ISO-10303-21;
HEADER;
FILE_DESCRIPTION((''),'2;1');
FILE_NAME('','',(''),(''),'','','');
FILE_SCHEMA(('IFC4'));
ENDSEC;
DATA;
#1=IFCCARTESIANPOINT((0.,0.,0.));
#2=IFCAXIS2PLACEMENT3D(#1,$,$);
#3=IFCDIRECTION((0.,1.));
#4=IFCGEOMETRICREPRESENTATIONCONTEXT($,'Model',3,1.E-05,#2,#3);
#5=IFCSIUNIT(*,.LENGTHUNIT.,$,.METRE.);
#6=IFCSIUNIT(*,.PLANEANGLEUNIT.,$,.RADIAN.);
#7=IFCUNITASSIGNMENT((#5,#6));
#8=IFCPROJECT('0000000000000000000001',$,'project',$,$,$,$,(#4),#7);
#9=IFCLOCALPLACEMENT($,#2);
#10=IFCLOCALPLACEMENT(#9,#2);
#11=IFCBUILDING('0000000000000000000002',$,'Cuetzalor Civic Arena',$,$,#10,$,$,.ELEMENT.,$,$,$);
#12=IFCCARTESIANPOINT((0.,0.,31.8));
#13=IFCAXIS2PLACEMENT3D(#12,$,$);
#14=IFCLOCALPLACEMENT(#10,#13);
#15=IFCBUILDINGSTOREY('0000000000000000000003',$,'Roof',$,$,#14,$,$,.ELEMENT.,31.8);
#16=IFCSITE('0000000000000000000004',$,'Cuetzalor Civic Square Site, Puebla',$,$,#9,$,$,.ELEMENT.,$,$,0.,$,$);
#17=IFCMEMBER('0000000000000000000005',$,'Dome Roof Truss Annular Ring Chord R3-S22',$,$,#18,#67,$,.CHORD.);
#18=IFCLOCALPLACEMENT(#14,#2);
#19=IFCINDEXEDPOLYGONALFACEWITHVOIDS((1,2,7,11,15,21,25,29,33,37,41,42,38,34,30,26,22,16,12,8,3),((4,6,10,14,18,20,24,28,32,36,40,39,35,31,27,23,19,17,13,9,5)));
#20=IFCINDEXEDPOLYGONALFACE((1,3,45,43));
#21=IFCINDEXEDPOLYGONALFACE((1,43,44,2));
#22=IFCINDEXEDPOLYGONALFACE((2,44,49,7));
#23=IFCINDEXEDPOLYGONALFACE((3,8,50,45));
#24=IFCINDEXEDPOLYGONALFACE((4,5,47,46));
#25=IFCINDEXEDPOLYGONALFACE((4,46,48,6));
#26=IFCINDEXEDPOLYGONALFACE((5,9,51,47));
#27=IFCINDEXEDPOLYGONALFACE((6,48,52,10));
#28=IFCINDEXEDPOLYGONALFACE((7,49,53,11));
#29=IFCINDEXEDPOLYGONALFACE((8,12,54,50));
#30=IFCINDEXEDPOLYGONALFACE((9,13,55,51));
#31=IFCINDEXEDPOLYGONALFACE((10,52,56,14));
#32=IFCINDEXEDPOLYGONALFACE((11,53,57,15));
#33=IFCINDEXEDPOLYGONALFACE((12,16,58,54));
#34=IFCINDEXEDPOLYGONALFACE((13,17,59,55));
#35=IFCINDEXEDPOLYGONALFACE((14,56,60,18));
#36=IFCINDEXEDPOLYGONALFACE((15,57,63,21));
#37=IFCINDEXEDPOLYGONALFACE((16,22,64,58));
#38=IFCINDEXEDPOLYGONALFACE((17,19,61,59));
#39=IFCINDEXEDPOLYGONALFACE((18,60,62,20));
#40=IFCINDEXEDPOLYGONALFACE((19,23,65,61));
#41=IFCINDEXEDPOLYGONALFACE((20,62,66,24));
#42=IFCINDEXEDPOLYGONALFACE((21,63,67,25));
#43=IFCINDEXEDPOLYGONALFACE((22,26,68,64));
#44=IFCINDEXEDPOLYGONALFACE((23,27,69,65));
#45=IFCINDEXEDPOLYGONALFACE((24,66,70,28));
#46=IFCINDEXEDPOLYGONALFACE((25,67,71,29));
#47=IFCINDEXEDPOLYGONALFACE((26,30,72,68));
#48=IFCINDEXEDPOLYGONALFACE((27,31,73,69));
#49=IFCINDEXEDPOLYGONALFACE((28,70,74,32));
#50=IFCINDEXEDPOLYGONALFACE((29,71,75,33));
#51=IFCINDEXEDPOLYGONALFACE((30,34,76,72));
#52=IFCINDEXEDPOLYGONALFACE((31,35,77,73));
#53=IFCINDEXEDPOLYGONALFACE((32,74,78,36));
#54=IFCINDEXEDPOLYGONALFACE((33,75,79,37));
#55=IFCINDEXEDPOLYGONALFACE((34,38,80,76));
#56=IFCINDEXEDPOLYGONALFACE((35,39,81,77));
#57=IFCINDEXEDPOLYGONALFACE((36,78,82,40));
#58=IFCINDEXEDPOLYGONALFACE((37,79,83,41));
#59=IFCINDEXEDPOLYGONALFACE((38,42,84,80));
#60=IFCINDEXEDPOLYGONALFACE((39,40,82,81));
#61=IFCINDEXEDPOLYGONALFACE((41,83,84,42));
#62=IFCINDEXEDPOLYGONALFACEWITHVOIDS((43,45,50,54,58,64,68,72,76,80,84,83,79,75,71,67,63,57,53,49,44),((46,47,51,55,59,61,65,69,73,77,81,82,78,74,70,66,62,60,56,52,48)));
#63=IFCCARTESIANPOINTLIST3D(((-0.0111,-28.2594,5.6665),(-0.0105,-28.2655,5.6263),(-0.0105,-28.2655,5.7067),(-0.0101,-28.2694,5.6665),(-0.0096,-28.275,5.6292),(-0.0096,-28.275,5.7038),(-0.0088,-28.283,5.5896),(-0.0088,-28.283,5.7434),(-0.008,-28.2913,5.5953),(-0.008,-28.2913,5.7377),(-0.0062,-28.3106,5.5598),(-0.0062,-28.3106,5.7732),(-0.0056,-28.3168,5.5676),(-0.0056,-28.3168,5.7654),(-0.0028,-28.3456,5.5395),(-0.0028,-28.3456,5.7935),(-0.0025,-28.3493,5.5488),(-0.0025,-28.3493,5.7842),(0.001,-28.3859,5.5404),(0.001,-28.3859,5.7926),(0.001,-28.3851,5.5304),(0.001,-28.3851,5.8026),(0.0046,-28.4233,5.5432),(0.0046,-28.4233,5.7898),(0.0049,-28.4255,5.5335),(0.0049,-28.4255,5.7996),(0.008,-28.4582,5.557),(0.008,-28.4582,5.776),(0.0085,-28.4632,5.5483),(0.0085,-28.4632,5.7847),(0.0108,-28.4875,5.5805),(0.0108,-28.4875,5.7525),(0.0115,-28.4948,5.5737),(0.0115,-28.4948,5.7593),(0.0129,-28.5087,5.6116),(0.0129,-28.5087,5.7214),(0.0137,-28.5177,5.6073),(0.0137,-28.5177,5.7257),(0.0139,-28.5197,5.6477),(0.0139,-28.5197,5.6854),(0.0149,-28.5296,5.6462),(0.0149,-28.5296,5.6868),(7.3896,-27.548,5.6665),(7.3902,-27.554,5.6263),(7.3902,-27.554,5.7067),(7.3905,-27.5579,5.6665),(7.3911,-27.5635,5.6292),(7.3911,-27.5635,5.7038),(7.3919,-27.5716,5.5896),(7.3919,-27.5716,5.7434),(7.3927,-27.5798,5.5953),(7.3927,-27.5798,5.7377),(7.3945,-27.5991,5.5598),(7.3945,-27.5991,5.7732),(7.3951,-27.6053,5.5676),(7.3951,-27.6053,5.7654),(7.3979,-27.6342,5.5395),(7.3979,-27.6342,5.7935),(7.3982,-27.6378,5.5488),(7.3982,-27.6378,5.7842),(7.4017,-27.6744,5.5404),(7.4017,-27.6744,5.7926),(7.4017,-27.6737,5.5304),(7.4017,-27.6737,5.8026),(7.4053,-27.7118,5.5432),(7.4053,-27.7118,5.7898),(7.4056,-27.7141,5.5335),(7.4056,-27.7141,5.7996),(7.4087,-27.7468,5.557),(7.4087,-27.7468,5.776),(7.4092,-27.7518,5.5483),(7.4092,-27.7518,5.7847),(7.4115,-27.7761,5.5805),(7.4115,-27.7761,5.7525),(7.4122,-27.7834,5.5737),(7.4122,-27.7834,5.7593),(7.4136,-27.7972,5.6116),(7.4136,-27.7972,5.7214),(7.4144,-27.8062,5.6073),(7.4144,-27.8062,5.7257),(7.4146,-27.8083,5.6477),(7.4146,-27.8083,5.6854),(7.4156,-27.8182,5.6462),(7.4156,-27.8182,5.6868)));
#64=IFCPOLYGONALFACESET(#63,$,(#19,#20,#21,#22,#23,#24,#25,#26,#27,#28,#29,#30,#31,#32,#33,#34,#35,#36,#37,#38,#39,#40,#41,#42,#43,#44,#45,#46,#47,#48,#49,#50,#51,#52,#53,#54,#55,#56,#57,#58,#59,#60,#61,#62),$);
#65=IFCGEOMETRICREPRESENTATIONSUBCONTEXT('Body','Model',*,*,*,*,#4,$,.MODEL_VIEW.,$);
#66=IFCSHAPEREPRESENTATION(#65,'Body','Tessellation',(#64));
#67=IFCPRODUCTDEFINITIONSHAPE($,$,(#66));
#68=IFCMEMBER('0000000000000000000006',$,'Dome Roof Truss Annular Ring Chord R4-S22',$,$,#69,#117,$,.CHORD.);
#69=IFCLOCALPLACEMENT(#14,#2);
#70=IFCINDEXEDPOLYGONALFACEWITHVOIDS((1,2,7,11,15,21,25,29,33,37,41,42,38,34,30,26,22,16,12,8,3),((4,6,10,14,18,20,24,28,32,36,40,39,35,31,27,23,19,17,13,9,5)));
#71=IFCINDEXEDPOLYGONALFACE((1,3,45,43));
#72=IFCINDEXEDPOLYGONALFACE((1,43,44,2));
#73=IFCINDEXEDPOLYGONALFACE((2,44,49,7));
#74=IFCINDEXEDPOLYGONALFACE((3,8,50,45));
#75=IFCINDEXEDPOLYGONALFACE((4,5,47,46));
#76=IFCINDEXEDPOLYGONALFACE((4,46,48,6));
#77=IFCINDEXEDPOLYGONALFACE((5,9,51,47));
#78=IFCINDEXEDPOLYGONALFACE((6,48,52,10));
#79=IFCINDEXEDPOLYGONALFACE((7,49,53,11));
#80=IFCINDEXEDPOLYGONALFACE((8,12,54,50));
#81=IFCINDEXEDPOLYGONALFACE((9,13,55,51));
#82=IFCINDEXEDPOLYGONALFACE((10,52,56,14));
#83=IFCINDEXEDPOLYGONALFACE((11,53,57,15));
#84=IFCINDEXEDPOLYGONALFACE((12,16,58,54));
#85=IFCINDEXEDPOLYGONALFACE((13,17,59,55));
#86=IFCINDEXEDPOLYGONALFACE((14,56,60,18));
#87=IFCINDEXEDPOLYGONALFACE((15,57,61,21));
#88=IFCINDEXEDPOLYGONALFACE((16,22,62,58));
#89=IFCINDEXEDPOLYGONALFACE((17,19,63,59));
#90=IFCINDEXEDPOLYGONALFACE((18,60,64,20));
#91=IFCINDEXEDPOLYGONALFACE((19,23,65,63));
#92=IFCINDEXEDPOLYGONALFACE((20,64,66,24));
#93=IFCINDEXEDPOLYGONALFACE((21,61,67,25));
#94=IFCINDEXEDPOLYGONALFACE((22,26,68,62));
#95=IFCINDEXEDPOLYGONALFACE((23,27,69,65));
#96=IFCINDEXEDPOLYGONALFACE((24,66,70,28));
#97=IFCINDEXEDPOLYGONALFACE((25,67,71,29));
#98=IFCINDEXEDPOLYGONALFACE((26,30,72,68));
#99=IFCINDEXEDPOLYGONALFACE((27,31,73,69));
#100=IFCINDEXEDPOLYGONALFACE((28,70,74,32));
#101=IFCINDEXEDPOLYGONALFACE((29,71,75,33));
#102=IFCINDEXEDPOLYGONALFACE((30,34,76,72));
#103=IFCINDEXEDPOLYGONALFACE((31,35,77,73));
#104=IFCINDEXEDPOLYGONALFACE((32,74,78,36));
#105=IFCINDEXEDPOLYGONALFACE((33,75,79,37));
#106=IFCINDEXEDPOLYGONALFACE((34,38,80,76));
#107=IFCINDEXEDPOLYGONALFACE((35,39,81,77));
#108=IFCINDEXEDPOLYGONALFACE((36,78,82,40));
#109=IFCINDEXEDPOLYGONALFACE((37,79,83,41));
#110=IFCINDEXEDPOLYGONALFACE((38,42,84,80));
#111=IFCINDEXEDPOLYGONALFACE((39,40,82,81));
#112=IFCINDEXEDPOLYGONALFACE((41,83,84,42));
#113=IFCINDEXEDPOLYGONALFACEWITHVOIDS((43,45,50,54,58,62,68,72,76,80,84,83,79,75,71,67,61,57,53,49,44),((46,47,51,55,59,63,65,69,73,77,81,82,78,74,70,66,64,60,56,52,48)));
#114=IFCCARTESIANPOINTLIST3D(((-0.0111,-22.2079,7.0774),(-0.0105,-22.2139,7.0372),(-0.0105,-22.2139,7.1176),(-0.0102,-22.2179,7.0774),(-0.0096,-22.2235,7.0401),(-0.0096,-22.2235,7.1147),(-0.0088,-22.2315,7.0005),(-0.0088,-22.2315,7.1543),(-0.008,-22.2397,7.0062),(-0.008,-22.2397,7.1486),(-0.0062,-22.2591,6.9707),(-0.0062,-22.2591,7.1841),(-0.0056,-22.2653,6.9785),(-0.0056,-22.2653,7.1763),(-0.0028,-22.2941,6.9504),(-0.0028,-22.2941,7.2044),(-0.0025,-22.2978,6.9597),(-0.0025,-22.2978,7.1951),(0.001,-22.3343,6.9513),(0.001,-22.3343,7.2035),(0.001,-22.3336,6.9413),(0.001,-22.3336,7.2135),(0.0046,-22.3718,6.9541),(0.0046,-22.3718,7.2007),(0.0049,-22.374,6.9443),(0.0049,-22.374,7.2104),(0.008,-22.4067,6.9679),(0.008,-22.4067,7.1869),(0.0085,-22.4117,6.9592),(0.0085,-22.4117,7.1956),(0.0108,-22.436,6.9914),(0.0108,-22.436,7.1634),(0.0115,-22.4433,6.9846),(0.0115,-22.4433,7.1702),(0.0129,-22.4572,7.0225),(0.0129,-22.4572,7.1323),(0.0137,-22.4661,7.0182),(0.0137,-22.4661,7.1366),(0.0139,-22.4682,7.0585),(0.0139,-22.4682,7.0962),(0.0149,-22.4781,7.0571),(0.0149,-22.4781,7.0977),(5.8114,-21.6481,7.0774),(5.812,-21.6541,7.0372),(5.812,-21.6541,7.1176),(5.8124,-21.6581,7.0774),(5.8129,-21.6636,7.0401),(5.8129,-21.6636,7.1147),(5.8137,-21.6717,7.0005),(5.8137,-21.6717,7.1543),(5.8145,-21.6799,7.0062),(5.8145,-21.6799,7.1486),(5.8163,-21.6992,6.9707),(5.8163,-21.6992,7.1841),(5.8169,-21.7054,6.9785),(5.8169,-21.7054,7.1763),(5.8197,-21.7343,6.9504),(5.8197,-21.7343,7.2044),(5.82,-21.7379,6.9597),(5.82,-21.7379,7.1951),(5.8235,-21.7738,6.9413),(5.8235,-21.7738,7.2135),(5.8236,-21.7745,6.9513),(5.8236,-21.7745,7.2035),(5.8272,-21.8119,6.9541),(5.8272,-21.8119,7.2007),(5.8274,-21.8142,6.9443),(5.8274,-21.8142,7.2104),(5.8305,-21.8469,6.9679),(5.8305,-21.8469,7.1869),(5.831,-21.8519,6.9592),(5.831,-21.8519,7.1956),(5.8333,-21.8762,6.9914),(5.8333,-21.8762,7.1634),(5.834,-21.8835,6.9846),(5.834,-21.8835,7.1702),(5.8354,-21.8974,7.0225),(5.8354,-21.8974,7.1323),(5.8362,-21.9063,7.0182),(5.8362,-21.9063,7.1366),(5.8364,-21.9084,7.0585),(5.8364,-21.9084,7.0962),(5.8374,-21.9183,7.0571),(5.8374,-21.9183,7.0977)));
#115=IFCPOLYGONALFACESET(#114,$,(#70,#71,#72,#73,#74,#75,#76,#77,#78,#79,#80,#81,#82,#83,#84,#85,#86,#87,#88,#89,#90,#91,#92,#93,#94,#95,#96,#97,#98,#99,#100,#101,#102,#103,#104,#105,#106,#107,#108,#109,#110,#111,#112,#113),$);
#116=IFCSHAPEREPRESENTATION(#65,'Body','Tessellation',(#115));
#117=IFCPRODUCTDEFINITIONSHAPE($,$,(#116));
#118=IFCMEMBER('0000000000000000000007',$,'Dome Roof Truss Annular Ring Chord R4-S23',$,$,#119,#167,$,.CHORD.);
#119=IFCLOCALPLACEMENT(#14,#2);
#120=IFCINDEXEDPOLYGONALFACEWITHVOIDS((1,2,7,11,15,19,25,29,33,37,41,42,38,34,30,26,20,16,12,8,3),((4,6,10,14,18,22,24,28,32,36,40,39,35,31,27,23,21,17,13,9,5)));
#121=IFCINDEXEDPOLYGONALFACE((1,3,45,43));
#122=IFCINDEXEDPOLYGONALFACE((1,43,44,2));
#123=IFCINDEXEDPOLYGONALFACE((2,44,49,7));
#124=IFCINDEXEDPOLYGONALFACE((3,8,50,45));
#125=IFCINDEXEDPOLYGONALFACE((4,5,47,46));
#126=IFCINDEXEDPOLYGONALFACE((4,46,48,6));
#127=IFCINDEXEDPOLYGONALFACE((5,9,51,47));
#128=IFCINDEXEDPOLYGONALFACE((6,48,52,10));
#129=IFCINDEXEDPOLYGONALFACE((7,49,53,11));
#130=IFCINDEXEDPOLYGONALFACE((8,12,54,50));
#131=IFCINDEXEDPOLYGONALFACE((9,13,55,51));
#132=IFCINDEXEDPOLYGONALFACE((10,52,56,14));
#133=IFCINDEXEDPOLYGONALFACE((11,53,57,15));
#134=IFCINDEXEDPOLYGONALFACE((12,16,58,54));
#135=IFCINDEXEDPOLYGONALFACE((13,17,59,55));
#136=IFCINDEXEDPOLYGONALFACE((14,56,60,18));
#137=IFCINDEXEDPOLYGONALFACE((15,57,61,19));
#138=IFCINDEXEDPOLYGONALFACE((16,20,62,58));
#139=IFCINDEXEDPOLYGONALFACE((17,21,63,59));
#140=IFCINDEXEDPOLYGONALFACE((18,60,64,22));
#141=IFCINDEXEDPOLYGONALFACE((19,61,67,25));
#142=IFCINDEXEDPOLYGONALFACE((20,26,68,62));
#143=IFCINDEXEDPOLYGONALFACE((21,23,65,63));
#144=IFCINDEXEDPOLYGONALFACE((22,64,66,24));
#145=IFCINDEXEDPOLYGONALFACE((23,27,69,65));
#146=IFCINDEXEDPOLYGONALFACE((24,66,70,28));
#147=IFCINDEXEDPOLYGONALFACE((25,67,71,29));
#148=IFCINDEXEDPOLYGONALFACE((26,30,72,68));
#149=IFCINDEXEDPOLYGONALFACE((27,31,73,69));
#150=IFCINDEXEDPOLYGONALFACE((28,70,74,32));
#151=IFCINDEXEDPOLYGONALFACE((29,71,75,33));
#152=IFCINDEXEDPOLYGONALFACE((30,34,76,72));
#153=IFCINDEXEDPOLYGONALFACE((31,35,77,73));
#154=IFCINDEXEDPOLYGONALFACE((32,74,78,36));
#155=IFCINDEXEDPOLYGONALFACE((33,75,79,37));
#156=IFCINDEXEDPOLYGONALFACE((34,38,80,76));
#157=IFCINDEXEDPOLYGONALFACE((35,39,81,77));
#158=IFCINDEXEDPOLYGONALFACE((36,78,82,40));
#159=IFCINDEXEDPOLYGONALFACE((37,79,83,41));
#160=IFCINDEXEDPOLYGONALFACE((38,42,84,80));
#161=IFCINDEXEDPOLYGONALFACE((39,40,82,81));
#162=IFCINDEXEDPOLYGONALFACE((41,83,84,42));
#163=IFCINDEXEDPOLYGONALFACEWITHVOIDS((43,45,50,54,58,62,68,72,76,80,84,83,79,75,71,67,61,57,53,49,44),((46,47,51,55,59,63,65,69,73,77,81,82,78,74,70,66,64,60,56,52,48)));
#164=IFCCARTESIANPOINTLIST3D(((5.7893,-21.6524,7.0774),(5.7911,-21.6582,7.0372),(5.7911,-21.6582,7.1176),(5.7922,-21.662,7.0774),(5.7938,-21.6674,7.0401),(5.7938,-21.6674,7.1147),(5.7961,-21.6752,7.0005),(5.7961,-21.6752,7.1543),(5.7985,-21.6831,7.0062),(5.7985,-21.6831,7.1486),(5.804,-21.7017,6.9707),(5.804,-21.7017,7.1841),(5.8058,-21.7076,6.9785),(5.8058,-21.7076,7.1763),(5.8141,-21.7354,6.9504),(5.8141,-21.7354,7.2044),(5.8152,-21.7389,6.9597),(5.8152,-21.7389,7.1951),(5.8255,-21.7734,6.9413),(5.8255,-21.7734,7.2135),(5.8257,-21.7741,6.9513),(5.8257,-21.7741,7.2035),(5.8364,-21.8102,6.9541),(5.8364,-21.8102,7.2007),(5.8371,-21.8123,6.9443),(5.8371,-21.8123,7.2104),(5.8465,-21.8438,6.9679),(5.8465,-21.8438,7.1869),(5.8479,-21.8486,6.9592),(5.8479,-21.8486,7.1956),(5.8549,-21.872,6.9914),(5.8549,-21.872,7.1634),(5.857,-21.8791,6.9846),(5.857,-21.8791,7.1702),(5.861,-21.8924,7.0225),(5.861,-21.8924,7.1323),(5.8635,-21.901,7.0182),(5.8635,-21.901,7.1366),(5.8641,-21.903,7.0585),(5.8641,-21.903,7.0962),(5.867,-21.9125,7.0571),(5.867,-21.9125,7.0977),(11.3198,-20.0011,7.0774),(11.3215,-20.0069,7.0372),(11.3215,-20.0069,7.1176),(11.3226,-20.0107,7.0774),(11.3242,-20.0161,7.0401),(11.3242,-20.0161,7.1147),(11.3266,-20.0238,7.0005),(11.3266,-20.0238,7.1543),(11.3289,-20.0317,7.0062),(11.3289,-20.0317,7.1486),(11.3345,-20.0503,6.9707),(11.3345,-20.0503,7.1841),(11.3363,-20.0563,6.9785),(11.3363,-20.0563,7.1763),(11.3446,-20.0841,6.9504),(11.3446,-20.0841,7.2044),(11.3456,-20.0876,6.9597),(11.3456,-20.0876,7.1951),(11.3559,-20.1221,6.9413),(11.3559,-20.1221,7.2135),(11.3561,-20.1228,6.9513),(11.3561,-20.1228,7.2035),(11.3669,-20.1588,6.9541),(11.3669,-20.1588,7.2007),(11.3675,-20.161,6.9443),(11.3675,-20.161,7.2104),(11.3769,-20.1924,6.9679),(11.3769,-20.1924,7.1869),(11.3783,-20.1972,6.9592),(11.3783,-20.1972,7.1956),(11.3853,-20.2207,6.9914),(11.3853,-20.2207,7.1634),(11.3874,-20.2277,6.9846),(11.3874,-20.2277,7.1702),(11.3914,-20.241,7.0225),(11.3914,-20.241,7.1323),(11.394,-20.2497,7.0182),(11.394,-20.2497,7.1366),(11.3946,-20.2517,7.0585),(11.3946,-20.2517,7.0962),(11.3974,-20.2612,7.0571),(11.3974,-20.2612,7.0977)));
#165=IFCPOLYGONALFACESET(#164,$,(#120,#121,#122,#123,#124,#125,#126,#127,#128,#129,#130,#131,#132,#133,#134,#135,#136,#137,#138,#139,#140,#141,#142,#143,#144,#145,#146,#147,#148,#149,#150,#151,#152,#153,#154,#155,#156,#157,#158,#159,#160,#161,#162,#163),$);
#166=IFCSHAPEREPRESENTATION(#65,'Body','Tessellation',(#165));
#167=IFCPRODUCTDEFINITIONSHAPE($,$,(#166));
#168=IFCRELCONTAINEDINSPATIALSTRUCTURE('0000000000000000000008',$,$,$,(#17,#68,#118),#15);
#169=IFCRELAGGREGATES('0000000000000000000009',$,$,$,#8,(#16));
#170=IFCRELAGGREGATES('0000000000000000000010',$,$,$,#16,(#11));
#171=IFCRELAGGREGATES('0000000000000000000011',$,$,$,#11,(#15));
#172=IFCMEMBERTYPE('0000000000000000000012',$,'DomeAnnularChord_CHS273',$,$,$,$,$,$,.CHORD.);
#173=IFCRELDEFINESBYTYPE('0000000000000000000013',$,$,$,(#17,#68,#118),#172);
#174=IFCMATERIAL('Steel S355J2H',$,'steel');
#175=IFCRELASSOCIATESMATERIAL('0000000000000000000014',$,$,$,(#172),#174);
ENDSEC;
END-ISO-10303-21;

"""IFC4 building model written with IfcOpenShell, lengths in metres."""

from ifc_helpers import new_model, si_unit, direction, frame, origin, origin_2d, place, context, subcontext, project, spatial, hollow_circle, extrude, material, material_profile, profile_set, type_object, element, save


model = new_model("IFC4")

# Units and contexts
model_context = context("Model", 3, precision=1e-05, world=origin(), true_north=direction((0.0, 1.0)))
body_context = subcontext(model_context, "Body", "Model", "MODEL_VIEW")
ifc_project = project(units=[si_unit("LENGTHUNIT", "METRE"), si_unit("PLANEANGLEUNIT", "RADIAN")], contexts=[model_context])

# Site, building, storey
site_placement = place(None, origin())
site = spatial("IfcSite", under=ifc_project, at=site_placement, Name="Cuetzalor Civic Square Site, Puebla", CompositionType="ELEMENT", RefElevation=0.0)
building_placement = place(site_placement, origin())
building = spatial("IfcBuilding", under=site, at=building_placement, Name="Cuetzalor Civic Arena", CompositionType="ELEMENT")
storey_placement = place(building_placement, frame((0.0, 0.0, 31.8)))
storey = spatial("IfcBuildingStorey", under=building, at=storey_placement, Name="Roof", CompositionType="ELEMENT", Elevation=31.8)

# Members
ifc_material_1 = material(Name="Steel S355J2H", Category="steel")
ifc_material_profile_1 = material_profile(ifc_material_1, hollow_circle(Radius=0.1365, WallThickness=0.01, at=origin_2d()), Name="CHS 273x10")
ifc_profile_set_1 = profile_set([ifc_material_profile_1], Name="Steel S355J2H")
member_type_1 = type_object("IfcMemberType", Name="DomeAnnularChord_CHS273", PredefinedType="CHORD", material=ifc_profile_set_1)
member_1_placement = place(storey_placement, frame((0.002, -28.3953, 5.6665), z_axis=(0.995411, 0.095689, 0.0), x_axis=(-0.095689, 0.995411, 0.0)))
element("IfcMember", 1, at=member_1_placement, inside=storey, type_object=member_type_1, Name="Dome Roof Truss Annular Ring Chord R3-S22", PredefinedType="CHORD", context=body_context, shape_type="SweptSolid", body=[
    extrude(hollow_circle(Radius=0.1365, WallThickness=0.01, at=origin_2d()), origin(), (0.0, 0.0, 1.0), 7.4348),
])
member_2_placement = place(storey_placement, frame((0.002, -22.3438, 7.0774), z_axis=(0.99541, 0.095705, 0.0), x_axis=(-0.095705, 0.99541, 0.0)))
element("IfcMember", 2, at=member_2_placement, inside=storey, type_object=member_type_1, Name="Dome Roof Truss Annular Ring Chord R4-S22", PredefinedType="CHORD", context=body_context, shape_type="SweptSolid", body=[
    extrude(hollow_circle(Radius=0.1365, WallThickness=0.01, at=origin_2d()), origin(), (0.0, 0.0, 1.0), 5.8494),
])
member_3_placement = place(storey_placement, frame((5.8284, -21.7832, 7.0774), z_axis=(0.958197, 0.28611, 0.0), x_axis=(-0.28611, 0.958197, 0.0)))
element("IfcMember", 3, at=member_3_placement, inside=storey, type_object=member_type_1, Name="Dome Roof Truss Annular Ring Chord R4-S23", PredefinedType="CHORD", context=body_context, shape_type="SweptSolid", body=[
    extrude(hollow_circle(Radius=0.1365, WallThickness=0.01, at=origin_2d()), origin(), (0.0, 0.0, 1.0), 5.7717),
])

save(model, "model.ifc")
